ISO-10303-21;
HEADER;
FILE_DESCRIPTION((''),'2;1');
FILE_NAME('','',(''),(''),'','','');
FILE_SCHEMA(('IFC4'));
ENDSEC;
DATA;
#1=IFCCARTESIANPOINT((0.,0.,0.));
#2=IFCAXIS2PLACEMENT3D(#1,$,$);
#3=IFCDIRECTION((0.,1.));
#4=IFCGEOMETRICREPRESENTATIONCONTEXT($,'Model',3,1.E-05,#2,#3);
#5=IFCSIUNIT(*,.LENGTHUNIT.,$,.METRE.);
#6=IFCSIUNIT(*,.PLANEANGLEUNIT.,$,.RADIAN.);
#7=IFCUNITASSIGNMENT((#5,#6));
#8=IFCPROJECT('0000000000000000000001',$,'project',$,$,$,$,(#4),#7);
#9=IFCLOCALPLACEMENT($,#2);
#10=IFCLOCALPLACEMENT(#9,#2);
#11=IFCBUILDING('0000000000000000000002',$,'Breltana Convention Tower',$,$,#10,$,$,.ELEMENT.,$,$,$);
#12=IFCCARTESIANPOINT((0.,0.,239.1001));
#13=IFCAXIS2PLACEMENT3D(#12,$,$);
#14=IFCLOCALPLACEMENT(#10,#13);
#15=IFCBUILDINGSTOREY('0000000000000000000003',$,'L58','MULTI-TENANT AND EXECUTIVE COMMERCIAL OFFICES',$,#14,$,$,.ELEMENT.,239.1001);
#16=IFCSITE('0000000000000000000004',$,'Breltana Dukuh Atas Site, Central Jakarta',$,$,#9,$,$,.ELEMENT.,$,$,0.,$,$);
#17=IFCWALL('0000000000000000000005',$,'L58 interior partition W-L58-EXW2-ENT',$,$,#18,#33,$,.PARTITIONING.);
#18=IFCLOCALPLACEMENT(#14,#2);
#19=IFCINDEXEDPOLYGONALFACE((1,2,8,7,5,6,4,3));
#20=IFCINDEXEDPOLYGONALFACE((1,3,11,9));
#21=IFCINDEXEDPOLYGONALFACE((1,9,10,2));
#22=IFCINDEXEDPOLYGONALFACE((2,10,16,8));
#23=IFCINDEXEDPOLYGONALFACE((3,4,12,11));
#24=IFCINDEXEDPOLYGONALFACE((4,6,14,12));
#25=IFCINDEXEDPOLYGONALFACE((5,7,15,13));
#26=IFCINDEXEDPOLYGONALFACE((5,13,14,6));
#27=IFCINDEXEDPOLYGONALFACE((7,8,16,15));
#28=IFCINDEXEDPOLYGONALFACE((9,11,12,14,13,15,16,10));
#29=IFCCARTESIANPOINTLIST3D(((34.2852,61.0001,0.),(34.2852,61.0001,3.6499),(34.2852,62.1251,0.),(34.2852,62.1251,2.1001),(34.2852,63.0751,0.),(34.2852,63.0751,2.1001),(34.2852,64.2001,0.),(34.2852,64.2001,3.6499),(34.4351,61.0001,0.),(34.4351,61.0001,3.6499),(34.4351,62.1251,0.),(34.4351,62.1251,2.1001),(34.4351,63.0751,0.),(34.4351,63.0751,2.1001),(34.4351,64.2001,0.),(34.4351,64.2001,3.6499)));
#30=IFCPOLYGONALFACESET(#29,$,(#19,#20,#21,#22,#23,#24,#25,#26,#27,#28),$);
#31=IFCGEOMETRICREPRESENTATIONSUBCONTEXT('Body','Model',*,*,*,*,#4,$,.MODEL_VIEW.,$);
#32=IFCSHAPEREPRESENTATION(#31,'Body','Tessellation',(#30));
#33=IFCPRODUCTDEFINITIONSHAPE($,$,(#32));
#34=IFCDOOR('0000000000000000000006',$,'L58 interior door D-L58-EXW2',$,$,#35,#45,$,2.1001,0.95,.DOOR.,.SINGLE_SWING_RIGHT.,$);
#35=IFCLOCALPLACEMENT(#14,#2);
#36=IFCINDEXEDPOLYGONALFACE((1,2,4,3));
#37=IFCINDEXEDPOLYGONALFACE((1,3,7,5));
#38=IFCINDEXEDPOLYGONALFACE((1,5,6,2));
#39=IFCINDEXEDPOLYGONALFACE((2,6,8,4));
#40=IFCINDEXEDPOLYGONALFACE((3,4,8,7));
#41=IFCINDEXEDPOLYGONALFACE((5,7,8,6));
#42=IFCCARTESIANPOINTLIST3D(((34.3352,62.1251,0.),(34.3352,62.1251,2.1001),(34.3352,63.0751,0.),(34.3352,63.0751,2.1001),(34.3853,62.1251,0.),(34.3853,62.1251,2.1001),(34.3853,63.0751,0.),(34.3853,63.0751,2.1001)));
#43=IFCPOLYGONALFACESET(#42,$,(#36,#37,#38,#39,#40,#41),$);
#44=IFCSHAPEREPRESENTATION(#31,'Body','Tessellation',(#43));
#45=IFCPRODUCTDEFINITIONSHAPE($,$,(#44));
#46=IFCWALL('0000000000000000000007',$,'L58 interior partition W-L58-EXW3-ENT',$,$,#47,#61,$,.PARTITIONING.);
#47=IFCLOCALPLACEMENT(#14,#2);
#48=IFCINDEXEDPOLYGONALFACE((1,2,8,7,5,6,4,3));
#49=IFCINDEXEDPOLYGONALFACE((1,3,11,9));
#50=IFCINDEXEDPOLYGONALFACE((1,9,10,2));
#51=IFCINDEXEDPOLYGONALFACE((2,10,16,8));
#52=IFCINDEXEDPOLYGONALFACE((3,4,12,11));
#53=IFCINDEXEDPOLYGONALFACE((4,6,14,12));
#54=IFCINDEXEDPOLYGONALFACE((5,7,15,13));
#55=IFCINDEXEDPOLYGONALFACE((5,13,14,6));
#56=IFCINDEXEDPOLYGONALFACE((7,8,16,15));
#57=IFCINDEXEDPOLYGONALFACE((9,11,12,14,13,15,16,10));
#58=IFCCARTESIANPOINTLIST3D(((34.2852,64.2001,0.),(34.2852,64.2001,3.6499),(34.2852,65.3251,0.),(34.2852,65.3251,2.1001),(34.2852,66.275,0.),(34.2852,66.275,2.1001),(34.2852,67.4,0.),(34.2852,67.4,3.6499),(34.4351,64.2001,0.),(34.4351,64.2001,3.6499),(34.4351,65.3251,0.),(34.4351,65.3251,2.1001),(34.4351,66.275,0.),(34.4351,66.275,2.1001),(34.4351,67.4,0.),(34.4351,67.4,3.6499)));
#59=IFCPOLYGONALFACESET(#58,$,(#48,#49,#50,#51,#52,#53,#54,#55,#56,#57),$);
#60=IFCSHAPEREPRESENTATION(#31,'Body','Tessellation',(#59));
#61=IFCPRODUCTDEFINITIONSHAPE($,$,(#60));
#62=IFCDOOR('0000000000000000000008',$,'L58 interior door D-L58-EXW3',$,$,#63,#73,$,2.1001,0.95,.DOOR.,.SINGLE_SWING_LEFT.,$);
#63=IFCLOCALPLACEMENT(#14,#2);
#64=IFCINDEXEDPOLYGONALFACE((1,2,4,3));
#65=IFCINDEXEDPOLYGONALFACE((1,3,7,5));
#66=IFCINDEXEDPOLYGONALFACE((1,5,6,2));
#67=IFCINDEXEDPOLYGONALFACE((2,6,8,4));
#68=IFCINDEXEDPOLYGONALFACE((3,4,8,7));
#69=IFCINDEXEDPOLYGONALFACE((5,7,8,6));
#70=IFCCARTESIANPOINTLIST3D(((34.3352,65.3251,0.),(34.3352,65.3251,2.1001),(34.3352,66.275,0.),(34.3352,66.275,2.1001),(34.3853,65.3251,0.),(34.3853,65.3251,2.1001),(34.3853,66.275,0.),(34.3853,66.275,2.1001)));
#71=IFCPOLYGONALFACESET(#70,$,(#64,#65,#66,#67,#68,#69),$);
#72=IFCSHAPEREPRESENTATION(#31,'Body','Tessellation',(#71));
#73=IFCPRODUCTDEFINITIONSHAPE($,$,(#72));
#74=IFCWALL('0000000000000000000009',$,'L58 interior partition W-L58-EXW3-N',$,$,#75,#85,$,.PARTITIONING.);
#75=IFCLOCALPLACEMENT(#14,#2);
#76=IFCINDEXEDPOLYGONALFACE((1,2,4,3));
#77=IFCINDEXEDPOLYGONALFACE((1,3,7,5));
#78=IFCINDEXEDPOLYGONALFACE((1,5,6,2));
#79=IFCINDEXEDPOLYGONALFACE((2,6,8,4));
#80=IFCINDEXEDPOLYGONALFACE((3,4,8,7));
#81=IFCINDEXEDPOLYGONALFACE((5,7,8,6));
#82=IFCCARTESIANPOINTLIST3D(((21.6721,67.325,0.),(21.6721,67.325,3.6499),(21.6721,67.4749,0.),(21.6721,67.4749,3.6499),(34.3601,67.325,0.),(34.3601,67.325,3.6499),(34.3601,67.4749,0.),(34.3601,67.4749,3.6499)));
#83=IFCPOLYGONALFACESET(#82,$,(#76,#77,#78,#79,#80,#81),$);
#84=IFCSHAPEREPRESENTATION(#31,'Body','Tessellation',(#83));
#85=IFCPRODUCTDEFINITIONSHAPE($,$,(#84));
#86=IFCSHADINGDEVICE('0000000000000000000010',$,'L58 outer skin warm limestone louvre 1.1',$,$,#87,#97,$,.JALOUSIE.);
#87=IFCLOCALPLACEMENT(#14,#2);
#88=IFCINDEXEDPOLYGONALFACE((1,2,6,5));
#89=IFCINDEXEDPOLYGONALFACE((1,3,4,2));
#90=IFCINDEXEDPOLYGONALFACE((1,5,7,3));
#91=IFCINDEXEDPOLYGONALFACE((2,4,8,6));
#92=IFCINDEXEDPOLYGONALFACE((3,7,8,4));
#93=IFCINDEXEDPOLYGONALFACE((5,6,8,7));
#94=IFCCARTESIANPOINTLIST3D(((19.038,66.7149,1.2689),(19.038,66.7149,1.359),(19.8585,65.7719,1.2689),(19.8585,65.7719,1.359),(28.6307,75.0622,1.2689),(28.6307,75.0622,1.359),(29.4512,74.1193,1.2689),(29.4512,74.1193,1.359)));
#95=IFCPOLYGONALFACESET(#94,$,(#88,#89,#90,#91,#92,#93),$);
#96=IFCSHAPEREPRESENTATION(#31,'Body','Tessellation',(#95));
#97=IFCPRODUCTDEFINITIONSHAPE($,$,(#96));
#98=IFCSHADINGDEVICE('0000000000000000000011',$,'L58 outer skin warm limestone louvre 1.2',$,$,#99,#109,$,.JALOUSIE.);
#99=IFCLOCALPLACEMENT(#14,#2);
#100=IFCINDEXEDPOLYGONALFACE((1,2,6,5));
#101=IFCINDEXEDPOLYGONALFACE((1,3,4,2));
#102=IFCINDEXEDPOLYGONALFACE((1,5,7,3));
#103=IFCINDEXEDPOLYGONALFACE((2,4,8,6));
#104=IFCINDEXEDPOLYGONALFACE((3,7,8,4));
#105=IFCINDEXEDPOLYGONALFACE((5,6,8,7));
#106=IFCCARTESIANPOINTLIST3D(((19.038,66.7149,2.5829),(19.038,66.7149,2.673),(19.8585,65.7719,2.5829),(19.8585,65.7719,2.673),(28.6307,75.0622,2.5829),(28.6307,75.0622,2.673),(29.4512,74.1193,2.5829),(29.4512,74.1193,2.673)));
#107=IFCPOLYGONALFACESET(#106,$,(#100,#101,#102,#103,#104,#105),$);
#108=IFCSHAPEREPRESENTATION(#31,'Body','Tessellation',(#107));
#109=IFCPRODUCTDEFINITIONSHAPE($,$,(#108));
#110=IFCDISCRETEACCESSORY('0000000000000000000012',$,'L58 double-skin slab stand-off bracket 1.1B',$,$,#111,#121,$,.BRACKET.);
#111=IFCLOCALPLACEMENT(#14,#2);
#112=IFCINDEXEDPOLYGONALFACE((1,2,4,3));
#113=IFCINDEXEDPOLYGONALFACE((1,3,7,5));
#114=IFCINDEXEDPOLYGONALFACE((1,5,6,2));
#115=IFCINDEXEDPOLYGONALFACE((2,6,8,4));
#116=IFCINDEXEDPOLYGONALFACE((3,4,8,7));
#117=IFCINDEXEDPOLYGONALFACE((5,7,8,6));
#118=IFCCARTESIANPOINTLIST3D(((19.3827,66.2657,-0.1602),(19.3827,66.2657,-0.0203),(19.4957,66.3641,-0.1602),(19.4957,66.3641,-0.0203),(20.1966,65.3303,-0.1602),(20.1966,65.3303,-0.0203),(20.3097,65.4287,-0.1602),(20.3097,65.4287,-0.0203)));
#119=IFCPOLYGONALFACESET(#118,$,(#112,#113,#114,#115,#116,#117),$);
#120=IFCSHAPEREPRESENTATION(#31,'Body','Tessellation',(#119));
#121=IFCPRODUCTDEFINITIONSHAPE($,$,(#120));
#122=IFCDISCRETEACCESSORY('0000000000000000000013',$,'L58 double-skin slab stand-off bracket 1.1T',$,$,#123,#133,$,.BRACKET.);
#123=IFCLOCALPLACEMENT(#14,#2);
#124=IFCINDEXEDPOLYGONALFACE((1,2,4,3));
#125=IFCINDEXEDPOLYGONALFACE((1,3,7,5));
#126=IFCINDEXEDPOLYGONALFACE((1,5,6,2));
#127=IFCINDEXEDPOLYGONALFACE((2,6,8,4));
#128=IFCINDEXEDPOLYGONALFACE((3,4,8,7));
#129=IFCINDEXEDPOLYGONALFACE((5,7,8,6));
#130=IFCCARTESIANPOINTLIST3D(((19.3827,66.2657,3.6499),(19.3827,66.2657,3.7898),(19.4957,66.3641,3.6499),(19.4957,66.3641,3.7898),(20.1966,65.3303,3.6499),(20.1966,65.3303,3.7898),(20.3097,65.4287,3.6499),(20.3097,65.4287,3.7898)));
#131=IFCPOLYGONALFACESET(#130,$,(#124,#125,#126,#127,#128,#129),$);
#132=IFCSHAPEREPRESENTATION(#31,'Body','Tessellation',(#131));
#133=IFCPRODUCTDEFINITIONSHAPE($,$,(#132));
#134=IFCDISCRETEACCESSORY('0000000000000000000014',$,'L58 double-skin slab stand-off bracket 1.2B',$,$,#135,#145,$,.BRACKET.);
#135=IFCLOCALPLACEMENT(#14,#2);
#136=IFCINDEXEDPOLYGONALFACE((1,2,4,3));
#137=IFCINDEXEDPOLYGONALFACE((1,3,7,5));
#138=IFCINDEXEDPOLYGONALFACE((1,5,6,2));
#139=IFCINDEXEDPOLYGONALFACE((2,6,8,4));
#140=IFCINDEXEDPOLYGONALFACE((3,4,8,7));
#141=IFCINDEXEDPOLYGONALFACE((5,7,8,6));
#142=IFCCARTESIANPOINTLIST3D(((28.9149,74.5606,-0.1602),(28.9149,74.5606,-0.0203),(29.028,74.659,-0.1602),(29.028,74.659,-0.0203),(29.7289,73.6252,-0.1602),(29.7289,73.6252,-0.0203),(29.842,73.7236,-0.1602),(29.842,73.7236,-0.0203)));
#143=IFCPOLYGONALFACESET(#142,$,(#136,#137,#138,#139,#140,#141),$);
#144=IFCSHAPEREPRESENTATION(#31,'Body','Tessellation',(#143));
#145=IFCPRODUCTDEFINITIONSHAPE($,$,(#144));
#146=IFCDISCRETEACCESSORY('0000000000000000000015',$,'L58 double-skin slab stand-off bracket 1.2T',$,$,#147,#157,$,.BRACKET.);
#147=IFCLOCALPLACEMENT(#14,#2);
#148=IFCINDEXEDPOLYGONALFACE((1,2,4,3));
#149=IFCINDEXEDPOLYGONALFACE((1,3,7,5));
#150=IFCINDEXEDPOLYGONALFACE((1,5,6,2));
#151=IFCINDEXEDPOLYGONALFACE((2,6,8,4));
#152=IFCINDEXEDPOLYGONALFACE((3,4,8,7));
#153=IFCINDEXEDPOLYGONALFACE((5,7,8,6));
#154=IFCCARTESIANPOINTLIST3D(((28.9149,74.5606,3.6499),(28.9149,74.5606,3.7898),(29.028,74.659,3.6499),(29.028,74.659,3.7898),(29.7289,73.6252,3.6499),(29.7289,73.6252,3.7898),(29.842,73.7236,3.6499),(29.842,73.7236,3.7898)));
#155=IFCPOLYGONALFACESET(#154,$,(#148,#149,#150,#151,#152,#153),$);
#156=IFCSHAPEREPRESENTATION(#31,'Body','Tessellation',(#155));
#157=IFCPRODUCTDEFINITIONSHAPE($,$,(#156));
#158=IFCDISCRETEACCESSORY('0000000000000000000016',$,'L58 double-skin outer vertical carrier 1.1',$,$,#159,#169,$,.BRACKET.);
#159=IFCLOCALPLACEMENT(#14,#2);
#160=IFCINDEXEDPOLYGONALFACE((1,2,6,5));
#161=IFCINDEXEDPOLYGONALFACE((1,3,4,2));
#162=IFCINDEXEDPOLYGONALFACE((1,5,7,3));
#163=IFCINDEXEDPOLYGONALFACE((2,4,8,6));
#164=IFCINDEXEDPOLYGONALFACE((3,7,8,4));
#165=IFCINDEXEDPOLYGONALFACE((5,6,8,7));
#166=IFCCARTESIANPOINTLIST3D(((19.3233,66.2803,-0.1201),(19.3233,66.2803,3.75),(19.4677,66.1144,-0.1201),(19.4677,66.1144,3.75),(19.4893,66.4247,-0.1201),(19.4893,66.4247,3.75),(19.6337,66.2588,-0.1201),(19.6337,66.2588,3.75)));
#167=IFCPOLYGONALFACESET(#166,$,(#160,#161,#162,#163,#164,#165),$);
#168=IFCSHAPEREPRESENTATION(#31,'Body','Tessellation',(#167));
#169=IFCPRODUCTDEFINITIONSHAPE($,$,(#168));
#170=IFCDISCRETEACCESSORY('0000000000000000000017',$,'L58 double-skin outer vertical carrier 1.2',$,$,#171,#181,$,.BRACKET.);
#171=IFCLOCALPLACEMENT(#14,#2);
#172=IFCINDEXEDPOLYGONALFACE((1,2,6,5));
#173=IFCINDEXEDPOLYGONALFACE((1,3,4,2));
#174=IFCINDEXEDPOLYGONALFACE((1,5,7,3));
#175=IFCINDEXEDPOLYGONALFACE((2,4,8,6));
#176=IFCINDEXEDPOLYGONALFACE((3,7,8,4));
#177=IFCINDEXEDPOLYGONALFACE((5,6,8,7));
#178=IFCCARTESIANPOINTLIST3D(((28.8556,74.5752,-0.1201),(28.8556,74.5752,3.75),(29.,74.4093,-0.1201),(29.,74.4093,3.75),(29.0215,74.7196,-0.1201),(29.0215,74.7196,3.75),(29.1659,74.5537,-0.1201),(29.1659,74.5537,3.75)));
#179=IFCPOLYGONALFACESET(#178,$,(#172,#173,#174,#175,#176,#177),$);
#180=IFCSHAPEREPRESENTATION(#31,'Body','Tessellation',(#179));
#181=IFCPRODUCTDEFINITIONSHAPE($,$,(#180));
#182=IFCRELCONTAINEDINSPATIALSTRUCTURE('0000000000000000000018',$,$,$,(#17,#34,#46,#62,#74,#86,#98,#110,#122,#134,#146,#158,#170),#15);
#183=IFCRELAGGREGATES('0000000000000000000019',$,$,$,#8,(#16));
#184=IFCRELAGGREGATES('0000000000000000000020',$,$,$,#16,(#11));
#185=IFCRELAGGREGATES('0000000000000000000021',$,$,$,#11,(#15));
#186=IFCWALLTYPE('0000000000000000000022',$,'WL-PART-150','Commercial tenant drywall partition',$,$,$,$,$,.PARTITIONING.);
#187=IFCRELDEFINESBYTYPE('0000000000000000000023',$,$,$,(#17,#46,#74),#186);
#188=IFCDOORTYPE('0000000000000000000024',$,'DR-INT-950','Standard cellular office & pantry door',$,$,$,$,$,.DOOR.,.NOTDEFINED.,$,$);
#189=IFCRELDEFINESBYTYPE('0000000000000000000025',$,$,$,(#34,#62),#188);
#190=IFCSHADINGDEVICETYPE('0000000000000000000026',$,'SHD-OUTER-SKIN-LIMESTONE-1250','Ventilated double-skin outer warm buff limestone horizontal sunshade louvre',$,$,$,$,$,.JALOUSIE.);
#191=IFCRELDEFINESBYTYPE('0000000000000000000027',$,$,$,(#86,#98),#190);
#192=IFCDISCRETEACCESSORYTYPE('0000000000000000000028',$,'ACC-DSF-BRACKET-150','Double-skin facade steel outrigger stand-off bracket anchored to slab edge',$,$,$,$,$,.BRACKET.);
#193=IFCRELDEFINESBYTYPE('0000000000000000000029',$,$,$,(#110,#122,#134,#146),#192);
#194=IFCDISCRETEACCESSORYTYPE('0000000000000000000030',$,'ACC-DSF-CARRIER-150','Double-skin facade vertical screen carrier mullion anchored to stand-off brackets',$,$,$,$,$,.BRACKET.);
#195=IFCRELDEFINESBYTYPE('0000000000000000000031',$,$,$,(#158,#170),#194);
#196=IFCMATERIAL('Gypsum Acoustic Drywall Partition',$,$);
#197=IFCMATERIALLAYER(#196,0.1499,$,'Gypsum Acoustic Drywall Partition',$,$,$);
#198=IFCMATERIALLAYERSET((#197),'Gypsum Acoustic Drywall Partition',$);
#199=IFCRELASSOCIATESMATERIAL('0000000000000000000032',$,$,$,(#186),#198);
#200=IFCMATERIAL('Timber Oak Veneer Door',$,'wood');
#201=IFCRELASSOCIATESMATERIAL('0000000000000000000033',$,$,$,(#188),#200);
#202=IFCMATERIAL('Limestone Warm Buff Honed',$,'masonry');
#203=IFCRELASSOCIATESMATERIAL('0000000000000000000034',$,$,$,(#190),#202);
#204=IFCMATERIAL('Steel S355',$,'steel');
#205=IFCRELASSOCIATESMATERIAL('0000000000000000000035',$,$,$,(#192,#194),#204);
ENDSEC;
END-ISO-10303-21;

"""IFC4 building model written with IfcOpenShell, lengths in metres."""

from ifc_helpers import new_model, si_unit, direction, frame, frame_2d, origin, origin_2d, place, context, subcontext, project, spatial, rectangle, extrude, source, transform, mapped, material, layer, layer_set, material_profile, profile_set, type_object, type_shapes, element, fill, save


model = new_model("IFC4")

# Units and contexts
model_context = context("Model", 3, precision=1e-05, world=origin(), true_north=direction((0.0, 1.0)))
body_context = subcontext(model_context, "Body", "Model", "MODEL_VIEW")
ifc_project = project(units=[si_unit("LENGTHUNIT", "METRE"), si_unit("PLANEANGLEUNIT", "RADIAN")], contexts=[model_context])

# Site, building, storey
site_placement = place(None, origin())
site = spatial("IfcSite", under=ifc_project, at=site_placement, Name="Breltana Dukuh Atas Site, Central Jakarta", CompositionType="ELEMENT", RefElevation=0.0)
building_placement = place(site_placement, origin())
building = spatial("IfcBuilding", under=site, at=building_placement, Name="Breltana Convention Tower", CompositionType="ELEMENT")
storey_placement = place(building_placement, frame((0.0, 0.0, 239.1001)))
storey = spatial("IfcBuildingStorey", under=building, at=storey_placement, Name="L58", Description="MULTI-TENANT AND EXECUTIVE COMMERCIAL OFFICES", CompositionType="ELEMENT", Elevation=239.1001)

# Shared definitions
ifc_material_1 = material(Name="Gypsum Acoustic Drywall Partition")
ifc_layer_1 = layer(ifc_material_1, 0.1499, Name="Gypsum Acoustic Drywall Partition")
ifc_layer_set_1 = layer_set([ifc_layer_1], Name="Gypsum Acoustic Drywall Partition")
wall_type_1 = type_object("IfcWallType", Name="WL-PART-150", Description="Commercial tenant drywall partition", PredefinedType="PARTITIONING", material=ifc_layer_set_1)

# Shared definitions
ifc_material_2 = material(Name="Timber Oak Veneer Door", Category="wood")
door_type = type_object("IfcDoorType", Name="DR-INT-950", Description="Standard cellular office & pantry door", OperationType="NOTDEFINED", PredefinedType="DOOR", material=ifc_material_2)
shared_shape_1 = source(origin(), body_context, "Body", "SweptSolid", [
    extrude(rectangle(XDim=0.95, YDim=2.1001, at=frame_2d((0.4751, 1.05))), frame((0.0, 0.0249, 0.0), z_axis=(0.0, -1.0, 0.0), x_axis=(1.0, 0.0, 0.0)), (0.0, 0.0, 1.0), 0.05),
])
type_shapes(door_type, [shared_shape_1])

# Walls, openings, doors
shared_shape_2 = source(origin(), body_context, "Body", "SweptSolid", [
    extrude(rectangle(XDim=3.2, YDim=0.1499, at=frame_2d((1.6001, 0.0))), origin(), (0.0, 0.0, 1.0), 3.6499),
])
wall_1_placement = place(storey_placement, frame((34.3601, 61.0, 0.0), z_axis=(0.0, 0.0, 1.0), x_axis=(0.0, 1.0, 0.0)))
wall_1 = element("IfcWall", 1, at=wall_1_placement, inside=storey, type_object=wall_type_1, Name="L58 interior partition W-L58-EXW2-ENT", PredefinedType="PARTITIONING", context=body_context, shape_type="MappedRepresentation", body=[
    mapped(shared_shape_2, transform((0.0, 0.0, 0.0), scale=1.0)),
])
opening_1_placement = place(wall_1_placement, frame((1.125, 0.0, 0.0)))
opening_1 = element("IfcOpeningElement", 2, at=opening_1_placement, cuts=wall_1, PredefinedType="OPENING", context=body_context, shape_type="SweptSolid", body=[
    extrude(rectangle(XDim=0.95, YDim=2.1001, at=frame_2d((0.4751, 1.05))), frame((0.0, 0.085, 0.0), z_axis=(0.0, -1.0, 0.0), x_axis=(1.0, 0.0, 0.0)), (0.0, 0.0, 1.0), 0.1699),
])
door_1_placement = place(opening_1_placement, origin())
door_1 = element("IfcDoor", 3, at=door_1_placement, inside=storey, type_object=door_type, Name="L58 interior door D-L58-EXW2", OperationType="SINGLE_SWING_RIGHT", OverallHeight=2.1001, OverallWidth=0.95, PredefinedType="DOOR", context=body_context, shape_type="MappedRepresentation", body=[
    mapped(shared_shape_1, transform((0.0, 0.0, 0.0), scale=1.0)),
])
fill(opening_1, door_1)
wall_2_placement = place(storey_placement, frame((34.3601, 64.2, 0.0), z_axis=(0.0, 0.0, 1.0), x_axis=(0.0, 1.0, 0.0)))
wall_2 = element("IfcWall", 4, at=wall_2_placement, inside=storey, type_object=wall_type_1, Name="L58 interior partition W-L58-EXW3-ENT", PredefinedType="PARTITIONING", context=body_context, shape_type="MappedRepresentation", body=[
    mapped(shared_shape_2, transform((0.0, 0.0, 0.0), scale=1.0)),
])
opening_2_placement = place(wall_2_placement, frame((1.125, 0.0, 0.0)))
opening_2 = element("IfcOpeningElement", 5, at=opening_2_placement, cuts=wall_2, PredefinedType="OPENING", context=body_context, shape_type="SweptSolid", body=[
    extrude(rectangle(XDim=0.95, YDim=2.1001, at=frame_2d((0.4751, 1.05))), frame((0.0, 0.085, 0.0), z_axis=(0.0, -1.0, 0.0), x_axis=(1.0, 0.0, 0.0)), (0.0, 0.0, 1.0), 0.1699),
])
door_2_placement = place(opening_2_placement, origin())
door_2 = element("IfcDoor", 6, at=door_2_placement, inside=storey, type_object=door_type, Name="L58 interior door D-L58-EXW3", OperationType="SINGLE_SWING_LEFT", OverallHeight=2.1001, OverallWidth=0.95, PredefinedType="DOOR", context=body_context, shape_type="MappedRepresentation", body=[
    mapped(shared_shape_1, transform((0.0, 0.0, 0.0), scale=1.0)),
])
fill(opening_2, door_2)

# Wall
shared_shape_3 = source(origin(), body_context, "Body", "SweptSolid", [
    extrude(rectangle(XDim=12.688, YDim=0.1499, at=frame_2d((6.344, 0.0))), origin(), (0.0, 0.0, 1.0), 3.6499),
])
wall_3_placement = place(storey_placement, frame((21.6721, 67.3999, 0.0), z_axis=(0.0, 0.0, 1.0), x_axis=(1.0, 0.0, 0.0)))
element("IfcWall", 7, at=wall_3_placement, inside=storey, type_object=wall_type_1, Name="L58 interior partition W-L58-EXW3-N", PredefinedType="PARTITIONING", context=body_context, shape_type="MappedRepresentation", body=[
    mapped(shared_shape_3, transform((0.0, 0.0, 0.0), scale=1.0)),
])

# Shading devices
ifc_material_3 = material(Name="Limestone Warm Buff Honed", Category="masonry")
ifc_material_profile_1 = material_profile(ifc_material_3, rectangle(XDim=1.25, YDim=0.0901, at=origin_2d()), Name="STN-LVR-1250X90")
ifc_profile_set_1 = profile_set([ifc_material_profile_1], Name="Limestone Warm Buff Honed")
shading_device_type = type_object("IfcShadingDeviceType", Name="SHD-OUTER-SKIN-LIMESTONE-1250", Description="Ventilated double-skin outer warm buff limestone horizontal sunshade louvre", PredefinedType="JALOUSIE", material=ifc_profile_set_1)
shared_shape_4 = source(origin(), body_context, "Body", "SweptSolid", [
    extrude(rectangle(XDim=1.25, YDim=0.0901, at=origin_2d()), origin(), (0.0, 0.0, 1.0), 12.7161),
])
for number, where, z_axis, x_axis, name in (
    (8, (19.4482, 66.2434, 1.314), (0.754377, 0.656442, 0.0), (-0.656442, 0.754377, 0.0), "L58 outer skin warm limestone louvre 1.1"),
    (9, (19.4482, 66.2434, 2.6279), (0.754377, 0.656442, 0.0), (-0.656442, 0.754377, 0.0), "L58 outer skin warm limestone louvre 1.2"),
):
    element("IfcShadingDevice", number, at=place(storey_placement, frame(where, z_axis=z_axis, x_axis=x_axis)), inside=storey, type_object=shading_device_type, Name=name, PredefinedType="JALOUSIE", context=body_context, shape_type="MappedRepresentation", body=[
        mapped(shared_shape_4, transform((0.0, 0.0, 0.0), scale=1.0)),
    ])

# Discrete accessories
ifc_material_4 = material(Name="Steel S355", Category="steel")
discrete_accessory_type_1 = type_object("IfcDiscreteAccessoryType", Name="ACC-DSF-BRACKET-150", Description="Double-skin facade steel outrigger stand-off bracket anchored to slab edge", PredefinedType="BRACKET", material=ifc_material_4)
shared_shape_5 = source(origin(), body_context, "Body", "SweptSolid", [
    extrude(rectangle(XDim=1.24, YDim=0.1499, at=origin_2d()), origin(), (0.0, 0.0, 1.0), 0.1399),
])
type_shapes(discrete_accessory_type_1, [shared_shape_5])
for number, where, z_axis, x_axis, name in (
    (10, (19.8462, 65.8472, -0.1602), (0.0, 0.0, 1.0), (-0.65645, 0.754369, 0.0), "L58 double-skin slab stand-off bracket 1.1B"),
    (11, (19.8462, 65.8472, 3.6499), (0.0, 0.0, 1.0), (-0.65645, 0.754369, 0.0), "L58 double-skin slab stand-off bracket 1.1T"),
    (12, (29.3784, 74.1421, -0.1602), (0.0, 0.0, 1.0), (-0.65645, 0.754369, 0.0), "L58 double-skin slab stand-off bracket 1.2B"),
    (13, (29.3784, 74.1421, 3.6499), (0.0, 0.0, 1.0), (-0.65645, 0.754369, 0.0), "L58 double-skin slab stand-off bracket 1.2T"),
):
    element("IfcDiscreteAccessory", number, at=place(storey_placement, frame(where, z_axis=z_axis, x_axis=x_axis)), inside=storey, type_object=discrete_accessory_type_1, Name=name, PredefinedType="BRACKET", context=body_context, shape_type="MappedRepresentation", body=[
        mapped(shared_shape_5, transform((0.0, 0.0, 0.0), scale=1.0)),
    ])
discrete_accessory_type_2 = type_object("IfcDiscreteAccessoryType", Name="ACC-DSF-CARRIER-150", Description="Double-skin facade vertical screen carrier mullion anchored to stand-off brackets", PredefinedType="BRACKET", material=ifc_material_4)
shared_shape_6 = source(origin(), body_context, "Body", "SweptSolid", [
    extrude(rectangle(XDim=0.22, YDim=0.22, at=origin_2d()), origin(), (0.0, 0.0, 1.0), 3.8701),
])
for number, where, z_axis, x_axis, name in (
    (14, (19.4785, 66.2695, -0.1201), (0.0, 0.0, 1.0), (-0.65645, 0.754369, 0.0), "L58 double-skin outer vertical carrier 1.1"),
    (15, (29.0107, 74.5645, -0.1201), (0.0, 0.0, 1.0), (-0.65645, 0.754369, 0.0), "L58 double-skin outer vertical carrier 1.2"),
):
    element("IfcDiscreteAccessory", number, at=place(storey_placement, frame(where, z_axis=z_axis, x_axis=x_axis)), inside=storey, type_object=discrete_accessory_type_2, Name=name, PredefinedType="BRACKET", context=body_context, shape_type="MappedRepresentation", body=[
        mapped(shared_shape_6, transform((0.0, 0.0, 0.0), scale=1.0)),
    ])

save(model, "model.ifc")
